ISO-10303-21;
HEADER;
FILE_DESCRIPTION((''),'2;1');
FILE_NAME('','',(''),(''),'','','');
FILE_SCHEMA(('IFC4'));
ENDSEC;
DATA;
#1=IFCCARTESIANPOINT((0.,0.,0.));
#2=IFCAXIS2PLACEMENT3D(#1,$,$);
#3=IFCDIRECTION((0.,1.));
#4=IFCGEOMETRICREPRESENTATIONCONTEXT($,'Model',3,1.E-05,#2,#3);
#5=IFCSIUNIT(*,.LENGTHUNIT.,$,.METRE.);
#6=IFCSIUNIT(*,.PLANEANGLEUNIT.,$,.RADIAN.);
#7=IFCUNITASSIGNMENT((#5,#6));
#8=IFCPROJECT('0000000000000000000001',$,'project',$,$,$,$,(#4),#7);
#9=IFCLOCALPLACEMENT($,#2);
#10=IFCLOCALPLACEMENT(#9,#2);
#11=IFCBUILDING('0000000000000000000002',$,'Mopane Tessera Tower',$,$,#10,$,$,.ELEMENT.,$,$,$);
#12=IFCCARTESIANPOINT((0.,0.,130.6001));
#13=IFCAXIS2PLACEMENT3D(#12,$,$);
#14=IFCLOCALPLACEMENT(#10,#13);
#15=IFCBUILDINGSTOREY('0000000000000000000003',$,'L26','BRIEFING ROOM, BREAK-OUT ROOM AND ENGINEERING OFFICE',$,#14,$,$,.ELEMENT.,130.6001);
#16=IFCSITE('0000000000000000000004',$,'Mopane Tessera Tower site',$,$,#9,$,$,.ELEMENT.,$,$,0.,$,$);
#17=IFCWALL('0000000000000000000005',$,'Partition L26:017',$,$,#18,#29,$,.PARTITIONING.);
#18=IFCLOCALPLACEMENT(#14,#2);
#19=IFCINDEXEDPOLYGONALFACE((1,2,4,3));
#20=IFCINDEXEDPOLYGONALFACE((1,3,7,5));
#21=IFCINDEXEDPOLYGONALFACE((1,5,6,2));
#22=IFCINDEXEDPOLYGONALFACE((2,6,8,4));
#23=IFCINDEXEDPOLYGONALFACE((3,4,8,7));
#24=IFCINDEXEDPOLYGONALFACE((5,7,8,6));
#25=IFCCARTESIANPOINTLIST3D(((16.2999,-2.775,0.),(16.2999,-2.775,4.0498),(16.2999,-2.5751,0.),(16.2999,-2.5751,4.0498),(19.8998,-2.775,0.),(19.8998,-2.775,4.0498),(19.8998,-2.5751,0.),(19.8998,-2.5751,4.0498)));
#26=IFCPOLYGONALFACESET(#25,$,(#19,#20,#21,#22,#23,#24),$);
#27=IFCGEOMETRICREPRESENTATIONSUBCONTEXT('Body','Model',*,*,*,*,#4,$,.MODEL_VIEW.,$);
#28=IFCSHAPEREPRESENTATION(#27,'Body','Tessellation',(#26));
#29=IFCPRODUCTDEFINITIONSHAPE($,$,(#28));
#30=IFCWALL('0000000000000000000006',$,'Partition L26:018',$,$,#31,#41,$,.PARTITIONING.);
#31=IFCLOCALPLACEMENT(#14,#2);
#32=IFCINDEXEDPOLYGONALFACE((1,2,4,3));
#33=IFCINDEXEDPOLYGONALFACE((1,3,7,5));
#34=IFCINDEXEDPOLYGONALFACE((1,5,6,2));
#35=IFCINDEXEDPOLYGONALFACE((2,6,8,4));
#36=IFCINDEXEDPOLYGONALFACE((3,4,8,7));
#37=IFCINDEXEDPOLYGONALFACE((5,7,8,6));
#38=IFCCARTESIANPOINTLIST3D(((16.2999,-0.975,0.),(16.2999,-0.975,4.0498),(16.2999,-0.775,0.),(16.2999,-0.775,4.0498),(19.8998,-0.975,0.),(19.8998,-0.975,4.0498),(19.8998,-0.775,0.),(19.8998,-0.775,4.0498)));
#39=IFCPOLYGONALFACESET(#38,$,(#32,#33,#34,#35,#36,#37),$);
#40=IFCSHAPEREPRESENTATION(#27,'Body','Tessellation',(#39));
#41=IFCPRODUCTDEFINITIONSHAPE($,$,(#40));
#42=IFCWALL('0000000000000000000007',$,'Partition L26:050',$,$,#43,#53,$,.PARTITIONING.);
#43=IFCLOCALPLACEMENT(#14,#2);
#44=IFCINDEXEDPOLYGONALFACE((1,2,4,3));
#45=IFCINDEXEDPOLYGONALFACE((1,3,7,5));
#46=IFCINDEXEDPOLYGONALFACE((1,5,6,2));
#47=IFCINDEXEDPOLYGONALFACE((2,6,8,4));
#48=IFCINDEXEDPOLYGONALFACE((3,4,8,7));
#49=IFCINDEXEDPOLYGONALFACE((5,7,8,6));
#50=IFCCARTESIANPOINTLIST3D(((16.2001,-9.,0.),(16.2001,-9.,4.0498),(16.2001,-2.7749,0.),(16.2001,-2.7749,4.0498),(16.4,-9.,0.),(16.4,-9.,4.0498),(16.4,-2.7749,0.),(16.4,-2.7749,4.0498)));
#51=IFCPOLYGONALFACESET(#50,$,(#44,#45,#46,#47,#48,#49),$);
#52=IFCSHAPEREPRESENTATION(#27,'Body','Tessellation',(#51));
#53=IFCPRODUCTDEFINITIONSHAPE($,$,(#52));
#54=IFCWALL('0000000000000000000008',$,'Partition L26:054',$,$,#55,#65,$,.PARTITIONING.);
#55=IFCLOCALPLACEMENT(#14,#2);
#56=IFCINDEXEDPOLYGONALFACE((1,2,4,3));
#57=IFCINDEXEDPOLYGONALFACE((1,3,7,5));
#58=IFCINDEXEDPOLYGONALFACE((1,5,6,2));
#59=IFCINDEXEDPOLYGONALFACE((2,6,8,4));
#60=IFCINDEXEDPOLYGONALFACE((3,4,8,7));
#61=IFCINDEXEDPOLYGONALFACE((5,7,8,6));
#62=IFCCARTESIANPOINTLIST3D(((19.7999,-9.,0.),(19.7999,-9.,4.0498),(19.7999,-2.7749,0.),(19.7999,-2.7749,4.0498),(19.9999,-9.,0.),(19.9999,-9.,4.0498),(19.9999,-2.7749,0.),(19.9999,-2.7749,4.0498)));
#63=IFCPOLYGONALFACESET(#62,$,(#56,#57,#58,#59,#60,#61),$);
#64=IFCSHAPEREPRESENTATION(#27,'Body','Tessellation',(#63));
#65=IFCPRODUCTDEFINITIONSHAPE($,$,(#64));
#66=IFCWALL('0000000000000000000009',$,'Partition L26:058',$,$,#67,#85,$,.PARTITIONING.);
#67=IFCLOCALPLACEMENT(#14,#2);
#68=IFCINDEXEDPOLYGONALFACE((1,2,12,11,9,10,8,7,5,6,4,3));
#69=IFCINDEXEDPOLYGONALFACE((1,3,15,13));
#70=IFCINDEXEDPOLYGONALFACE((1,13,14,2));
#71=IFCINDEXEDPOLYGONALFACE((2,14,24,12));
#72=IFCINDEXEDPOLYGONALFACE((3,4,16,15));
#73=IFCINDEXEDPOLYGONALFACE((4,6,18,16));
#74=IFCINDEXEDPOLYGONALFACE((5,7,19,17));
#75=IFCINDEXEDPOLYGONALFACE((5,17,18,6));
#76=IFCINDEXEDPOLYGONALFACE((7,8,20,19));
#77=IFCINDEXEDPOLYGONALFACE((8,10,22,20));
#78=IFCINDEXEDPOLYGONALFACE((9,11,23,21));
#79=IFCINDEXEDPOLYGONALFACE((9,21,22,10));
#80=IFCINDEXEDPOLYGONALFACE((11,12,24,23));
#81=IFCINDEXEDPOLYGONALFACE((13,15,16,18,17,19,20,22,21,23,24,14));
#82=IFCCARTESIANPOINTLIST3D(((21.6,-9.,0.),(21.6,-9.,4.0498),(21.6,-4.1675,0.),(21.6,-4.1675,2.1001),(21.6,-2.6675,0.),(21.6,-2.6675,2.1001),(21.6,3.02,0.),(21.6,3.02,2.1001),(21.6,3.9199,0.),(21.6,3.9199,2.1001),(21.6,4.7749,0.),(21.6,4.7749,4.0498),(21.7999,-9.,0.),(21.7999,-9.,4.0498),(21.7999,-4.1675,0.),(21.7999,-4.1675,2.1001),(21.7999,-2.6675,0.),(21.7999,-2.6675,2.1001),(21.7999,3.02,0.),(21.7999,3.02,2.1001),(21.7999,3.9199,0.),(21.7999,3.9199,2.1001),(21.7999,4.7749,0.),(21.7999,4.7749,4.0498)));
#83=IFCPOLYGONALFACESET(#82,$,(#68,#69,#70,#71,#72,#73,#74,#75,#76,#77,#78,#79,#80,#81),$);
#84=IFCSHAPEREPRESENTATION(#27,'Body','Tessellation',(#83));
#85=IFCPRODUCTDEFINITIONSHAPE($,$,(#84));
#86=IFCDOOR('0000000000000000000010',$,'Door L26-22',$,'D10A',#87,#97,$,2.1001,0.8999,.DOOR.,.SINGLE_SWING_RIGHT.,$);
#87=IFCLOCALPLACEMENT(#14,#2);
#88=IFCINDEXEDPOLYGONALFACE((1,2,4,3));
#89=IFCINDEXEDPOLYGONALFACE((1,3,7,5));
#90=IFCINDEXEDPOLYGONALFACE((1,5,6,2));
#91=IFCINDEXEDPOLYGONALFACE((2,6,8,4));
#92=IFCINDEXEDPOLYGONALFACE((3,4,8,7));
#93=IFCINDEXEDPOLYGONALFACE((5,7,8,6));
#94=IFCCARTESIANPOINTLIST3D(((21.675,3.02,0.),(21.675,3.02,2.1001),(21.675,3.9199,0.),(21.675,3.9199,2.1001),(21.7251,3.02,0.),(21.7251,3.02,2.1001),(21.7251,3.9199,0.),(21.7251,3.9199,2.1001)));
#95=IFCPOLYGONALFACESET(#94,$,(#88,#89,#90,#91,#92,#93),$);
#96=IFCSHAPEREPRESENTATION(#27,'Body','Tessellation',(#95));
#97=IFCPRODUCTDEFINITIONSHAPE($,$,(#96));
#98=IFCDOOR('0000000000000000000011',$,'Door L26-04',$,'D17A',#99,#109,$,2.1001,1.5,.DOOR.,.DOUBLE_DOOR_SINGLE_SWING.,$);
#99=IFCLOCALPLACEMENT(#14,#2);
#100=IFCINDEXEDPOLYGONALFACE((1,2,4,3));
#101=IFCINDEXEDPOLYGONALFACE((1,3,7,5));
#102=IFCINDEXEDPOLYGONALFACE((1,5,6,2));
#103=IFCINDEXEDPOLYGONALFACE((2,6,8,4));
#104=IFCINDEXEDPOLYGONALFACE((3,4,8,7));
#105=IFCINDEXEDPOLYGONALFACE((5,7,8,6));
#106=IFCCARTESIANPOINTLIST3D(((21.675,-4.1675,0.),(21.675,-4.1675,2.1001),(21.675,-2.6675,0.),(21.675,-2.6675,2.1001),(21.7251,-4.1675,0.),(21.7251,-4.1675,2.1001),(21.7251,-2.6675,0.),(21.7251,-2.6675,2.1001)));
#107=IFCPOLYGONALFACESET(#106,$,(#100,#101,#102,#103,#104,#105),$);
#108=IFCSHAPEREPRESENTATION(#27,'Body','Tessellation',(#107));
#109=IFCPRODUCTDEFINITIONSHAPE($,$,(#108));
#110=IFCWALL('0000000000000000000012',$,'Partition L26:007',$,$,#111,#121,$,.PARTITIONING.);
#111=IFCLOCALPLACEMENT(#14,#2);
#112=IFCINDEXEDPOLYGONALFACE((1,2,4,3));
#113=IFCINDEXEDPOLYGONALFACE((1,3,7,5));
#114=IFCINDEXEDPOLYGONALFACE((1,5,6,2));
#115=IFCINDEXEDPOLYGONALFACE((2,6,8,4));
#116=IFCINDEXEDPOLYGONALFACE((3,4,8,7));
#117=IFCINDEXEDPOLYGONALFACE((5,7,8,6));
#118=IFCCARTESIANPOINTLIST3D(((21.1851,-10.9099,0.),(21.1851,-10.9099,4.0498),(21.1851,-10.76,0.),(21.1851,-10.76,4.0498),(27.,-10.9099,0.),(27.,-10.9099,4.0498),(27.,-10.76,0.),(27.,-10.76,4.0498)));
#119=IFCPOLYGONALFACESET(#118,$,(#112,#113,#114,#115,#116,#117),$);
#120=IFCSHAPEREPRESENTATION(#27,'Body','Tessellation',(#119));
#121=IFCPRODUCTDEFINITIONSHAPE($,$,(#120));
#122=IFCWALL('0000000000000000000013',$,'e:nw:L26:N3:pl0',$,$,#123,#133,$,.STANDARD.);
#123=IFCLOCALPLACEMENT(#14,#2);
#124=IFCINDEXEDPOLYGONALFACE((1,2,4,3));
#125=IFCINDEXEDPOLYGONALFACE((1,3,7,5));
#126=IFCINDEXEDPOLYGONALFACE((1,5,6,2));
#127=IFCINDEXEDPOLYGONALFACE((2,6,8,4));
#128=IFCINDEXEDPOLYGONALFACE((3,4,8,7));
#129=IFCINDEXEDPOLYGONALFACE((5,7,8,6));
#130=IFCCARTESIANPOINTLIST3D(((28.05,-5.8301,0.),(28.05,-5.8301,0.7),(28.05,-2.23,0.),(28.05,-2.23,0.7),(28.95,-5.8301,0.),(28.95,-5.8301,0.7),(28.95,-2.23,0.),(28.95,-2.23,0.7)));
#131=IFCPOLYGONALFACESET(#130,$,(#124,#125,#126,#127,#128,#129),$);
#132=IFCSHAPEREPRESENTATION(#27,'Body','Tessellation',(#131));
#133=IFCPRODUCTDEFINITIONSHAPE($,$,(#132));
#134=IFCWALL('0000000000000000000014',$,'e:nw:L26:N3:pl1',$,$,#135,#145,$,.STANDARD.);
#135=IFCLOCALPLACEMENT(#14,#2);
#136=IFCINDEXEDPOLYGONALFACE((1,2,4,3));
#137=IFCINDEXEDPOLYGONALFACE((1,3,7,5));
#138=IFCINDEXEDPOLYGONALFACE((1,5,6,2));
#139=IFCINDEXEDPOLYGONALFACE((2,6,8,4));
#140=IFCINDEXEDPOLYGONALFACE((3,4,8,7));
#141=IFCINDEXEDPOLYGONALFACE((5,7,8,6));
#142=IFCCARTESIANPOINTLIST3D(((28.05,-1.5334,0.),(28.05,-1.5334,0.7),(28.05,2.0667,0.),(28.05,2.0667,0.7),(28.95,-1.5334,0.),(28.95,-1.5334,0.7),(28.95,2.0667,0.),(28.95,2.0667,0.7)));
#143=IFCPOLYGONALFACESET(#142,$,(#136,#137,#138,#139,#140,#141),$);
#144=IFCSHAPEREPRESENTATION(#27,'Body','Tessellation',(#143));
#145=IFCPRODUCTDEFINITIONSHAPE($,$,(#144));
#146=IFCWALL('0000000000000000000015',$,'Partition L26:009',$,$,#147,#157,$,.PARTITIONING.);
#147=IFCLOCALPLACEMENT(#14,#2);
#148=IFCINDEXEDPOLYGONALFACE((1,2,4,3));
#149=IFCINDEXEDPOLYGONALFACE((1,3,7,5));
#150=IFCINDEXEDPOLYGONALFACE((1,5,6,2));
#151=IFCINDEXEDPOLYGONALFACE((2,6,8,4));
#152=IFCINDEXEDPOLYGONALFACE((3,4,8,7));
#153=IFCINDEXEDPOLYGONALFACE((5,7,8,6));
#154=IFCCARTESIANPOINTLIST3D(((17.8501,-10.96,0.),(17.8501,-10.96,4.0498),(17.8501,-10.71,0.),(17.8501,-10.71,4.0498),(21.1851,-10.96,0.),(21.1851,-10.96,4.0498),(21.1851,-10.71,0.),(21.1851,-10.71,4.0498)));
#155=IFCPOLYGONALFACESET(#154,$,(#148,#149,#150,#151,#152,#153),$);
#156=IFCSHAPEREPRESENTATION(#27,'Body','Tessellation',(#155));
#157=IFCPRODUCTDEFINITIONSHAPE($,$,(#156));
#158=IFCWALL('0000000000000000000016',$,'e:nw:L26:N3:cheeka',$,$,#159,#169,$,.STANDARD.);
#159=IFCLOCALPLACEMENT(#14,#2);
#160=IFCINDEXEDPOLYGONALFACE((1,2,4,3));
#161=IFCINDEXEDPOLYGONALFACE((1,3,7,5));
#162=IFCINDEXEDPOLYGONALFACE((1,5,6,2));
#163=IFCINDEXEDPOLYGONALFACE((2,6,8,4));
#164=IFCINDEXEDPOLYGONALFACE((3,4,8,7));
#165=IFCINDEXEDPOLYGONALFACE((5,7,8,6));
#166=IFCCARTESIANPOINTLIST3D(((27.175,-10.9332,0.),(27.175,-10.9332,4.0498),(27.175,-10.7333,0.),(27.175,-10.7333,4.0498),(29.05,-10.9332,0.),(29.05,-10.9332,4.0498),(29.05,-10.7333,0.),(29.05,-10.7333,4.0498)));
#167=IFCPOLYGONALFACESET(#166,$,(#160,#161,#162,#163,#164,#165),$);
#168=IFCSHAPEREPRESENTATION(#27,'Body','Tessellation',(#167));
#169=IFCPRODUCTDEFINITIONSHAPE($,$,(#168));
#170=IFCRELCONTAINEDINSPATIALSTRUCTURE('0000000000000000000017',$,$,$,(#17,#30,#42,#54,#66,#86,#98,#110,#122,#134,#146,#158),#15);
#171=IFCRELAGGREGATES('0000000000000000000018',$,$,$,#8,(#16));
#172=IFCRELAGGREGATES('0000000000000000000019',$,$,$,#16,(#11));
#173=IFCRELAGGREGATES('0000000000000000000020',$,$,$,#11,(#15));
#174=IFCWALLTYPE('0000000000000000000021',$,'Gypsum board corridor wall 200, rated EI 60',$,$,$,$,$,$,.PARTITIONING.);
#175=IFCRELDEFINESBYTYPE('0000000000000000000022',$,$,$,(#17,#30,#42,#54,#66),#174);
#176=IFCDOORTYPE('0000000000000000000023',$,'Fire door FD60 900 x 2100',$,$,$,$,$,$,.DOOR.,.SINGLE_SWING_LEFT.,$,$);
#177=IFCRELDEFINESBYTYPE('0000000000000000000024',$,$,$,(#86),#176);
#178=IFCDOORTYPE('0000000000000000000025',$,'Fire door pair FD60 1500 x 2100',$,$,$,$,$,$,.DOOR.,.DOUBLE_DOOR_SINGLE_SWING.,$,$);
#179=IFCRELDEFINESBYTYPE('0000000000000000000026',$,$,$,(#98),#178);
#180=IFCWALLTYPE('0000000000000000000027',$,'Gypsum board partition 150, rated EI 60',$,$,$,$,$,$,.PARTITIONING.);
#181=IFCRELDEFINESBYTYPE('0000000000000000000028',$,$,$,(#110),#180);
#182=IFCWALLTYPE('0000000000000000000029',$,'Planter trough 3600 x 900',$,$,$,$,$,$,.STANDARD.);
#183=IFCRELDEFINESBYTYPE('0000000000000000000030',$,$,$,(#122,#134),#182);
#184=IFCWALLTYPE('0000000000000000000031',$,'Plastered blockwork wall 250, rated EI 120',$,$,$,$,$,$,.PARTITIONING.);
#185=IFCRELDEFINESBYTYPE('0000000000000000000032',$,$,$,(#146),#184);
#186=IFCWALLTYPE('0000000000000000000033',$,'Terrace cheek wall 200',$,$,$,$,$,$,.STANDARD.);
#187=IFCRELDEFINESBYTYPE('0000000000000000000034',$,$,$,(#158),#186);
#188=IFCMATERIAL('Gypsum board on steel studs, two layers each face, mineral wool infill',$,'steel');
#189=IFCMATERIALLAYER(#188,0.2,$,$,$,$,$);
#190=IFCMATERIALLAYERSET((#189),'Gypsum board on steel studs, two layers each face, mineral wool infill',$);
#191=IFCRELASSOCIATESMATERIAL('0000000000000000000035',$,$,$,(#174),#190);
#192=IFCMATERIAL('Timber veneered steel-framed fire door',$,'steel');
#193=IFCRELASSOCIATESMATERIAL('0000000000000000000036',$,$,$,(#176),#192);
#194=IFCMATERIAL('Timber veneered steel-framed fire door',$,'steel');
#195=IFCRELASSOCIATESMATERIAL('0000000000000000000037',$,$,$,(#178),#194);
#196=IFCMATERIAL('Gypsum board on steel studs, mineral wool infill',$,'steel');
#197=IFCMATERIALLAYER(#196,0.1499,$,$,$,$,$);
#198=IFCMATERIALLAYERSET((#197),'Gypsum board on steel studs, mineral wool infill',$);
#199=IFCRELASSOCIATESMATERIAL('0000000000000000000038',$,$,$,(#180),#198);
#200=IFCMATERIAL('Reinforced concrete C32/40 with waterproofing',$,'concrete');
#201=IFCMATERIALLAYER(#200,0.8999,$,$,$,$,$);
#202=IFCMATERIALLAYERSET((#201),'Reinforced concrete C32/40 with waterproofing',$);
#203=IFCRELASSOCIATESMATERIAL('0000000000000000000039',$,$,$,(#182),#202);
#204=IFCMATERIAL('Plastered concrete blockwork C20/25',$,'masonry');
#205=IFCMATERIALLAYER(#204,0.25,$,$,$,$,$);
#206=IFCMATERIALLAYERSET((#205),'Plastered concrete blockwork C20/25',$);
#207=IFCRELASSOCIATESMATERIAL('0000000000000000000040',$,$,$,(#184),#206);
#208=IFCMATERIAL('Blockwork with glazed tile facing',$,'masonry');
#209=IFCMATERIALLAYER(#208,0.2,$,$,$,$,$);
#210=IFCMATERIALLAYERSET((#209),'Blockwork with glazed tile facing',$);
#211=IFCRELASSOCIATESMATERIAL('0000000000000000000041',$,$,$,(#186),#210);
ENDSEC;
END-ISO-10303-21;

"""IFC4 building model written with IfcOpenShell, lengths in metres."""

from ifc_helpers import new_model, si_unit, direction, frame, frame_2d, origin, place, context, subcontext, project, spatial, rectangle, extrude, material, layer, layer_set, type_object, element, fill, save


model = new_model("IFC4")

# Units and contexts
model_context = context("Model", 3, precision=1e-05, world=origin(), true_north=direction((0.0, 1.0)))
body_context = subcontext(model_context, "Body", "Model", "MODEL_VIEW")
ifc_project = project(units=[si_unit("LENGTHUNIT", "METRE"), si_unit("PLANEANGLEUNIT", "RADIAN")], contexts=[model_context])

# Site, building, storey
site_placement = place(None, origin())
site = spatial("IfcSite", under=ifc_project, at=site_placement, Name="Mopane Tessera Tower site", CompositionType="ELEMENT", RefElevation=0.0)
building_placement = place(site_placement, origin())
building = spatial("IfcBuilding", under=site, at=building_placement, Name="Mopane Tessera Tower", CompositionType="ELEMENT")
storey_placement = place(building_placement, frame((0.0, 0.0, 130.6001)))
storey = spatial("IfcBuildingStorey", under=building, at=storey_placement, Name="L26", Description="BRIEFING ROOM, BREAK-OUT ROOM AND ENGINEERING OFFICE", CompositionType="ELEMENT", Elevation=130.6001)

# Walls
ifc_material_1 = material(Name="Gypsum board on steel studs, two layers each face, mineral wool infill", Category="steel")
ifc_layer_1 = layer(ifc_material_1, 0.2)
ifc_layer_set_1 = layer_set([ifc_layer_1], Name="Gypsum board on steel studs, two layers each face, mineral wool infill")
wall_type_1 = type_object("IfcWallType", Name="Gypsum board corridor wall 200, rated EI 60", PredefinedType="PARTITIONING", material=ifc_layer_set_1)
for number, where, z_axis, x_axis, name in (
    (1, (16.3, -2.675, 0.0), (0.0, 0.0, 1.0), (1.0, 0.0, 0.0), "Partition L26:017"),
    (2, (16.3, -0.875, 0.0), (0.0, 0.0, 1.0), (1.0, 0.0, 0.0), "Partition L26:018"),
):
    element("IfcWall", number, at=place(storey_placement, frame(where, z_axis=z_axis, x_axis=x_axis)), inside=storey, type_object=wall_type_1, Name=name, PredefinedType="PARTITIONING", context=body_context, shape_type="SweptSolid", body=[
        extrude(rectangle(XDim=3.5999, YDim=0.2, at=frame_2d((1.7998, 0.0))), origin(), (0.0, 0.0, 1.0), 4.0498),
    ])
for number, where, z_axis, x_axis, name in (
    (3, (16.3, -9.0, 0.0), (0.0, 0.0, 1.0), (0.0, 1.0, 0.0), "Partition L26:050"),
    (4, (19.8999, -9.0, 0.0), (0.0, 0.0, 1.0), (0.0, 1.0, 0.0), "Partition L26:054"),
):
    element("IfcWall", number, at=place(storey_placement, frame(where, z_axis=z_axis, x_axis=x_axis)), inside=storey, type_object=wall_type_1, Name=name, PredefinedType="PARTITIONING", context=body_context, shape_type="SweptSolid", body=[
        extrude(rectangle(XDim=6.2251, YDim=0.2, at=frame_2d((3.1125, 0.0))), origin(), (0.0, 0.0, 1.0), 4.0498),
    ])

# Wall, openings, doors
wall_1_placement = place(storey_placement, frame((21.7, -9.0, 0.0), z_axis=(0.0, 0.0, 1.0), x_axis=(0.0, 1.0, 0.0)))
wall_1 = element("IfcWall", 5, at=wall_1_placement, inside=storey, type_object=wall_type_1, Name="Partition L26:058", PredefinedType="PARTITIONING", context=body_context, shape_type="SweptSolid", body=[
    extrude(rectangle(XDim=13.7749, YDim=0.2, at=frame_2d((6.8875, 0.0))), origin(), (0.0, 0.0, 1.0), 4.0498),
])
opening_1_placement = place(wall_1_placement, frame((4.8325, 0.0, 0.0)))
opening_1 = element("IfcOpeningElement", 6, at=opening_1_placement, cuts=wall_1, PredefinedType="OPENING", context=body_context, shape_type="SweptSolid", body=[
    extrude(rectangle(XDim=1.5, YDim=2.1001, at=frame_2d((0.75, 1.05))), frame((0.0, 0.1121, 0.0), z_axis=(0.0, -1.0, 0.0), x_axis=(1.0, 0.0, 0.0)), (0.0, 0.0, 1.0), 0.2239),
])
opening_2_placement = place(wall_1_placement, frame((12.02, 0.0, 0.0)))
opening_2 = element("IfcOpeningElement", 7, at=opening_2_placement, cuts=wall_1, PredefinedType="OPENING", context=body_context, shape_type="SweptSolid", body=[
    extrude(rectangle(XDim=0.8999, YDim=2.1001, at=frame_2d((0.45, 1.05))), frame((0.0, 0.1121, 0.0), z_axis=(0.0, -1.0, 0.0), x_axis=(1.0, 0.0, 0.0)), (0.0, 0.0, 1.0), 0.2239),
])
ifc_material_2 = material(Name="Timber veneered steel-framed fire door", Category="steel")
door_type_1 = type_object("IfcDoorType", Name="Fire door FD60 900 x 2100", OperationType="SINGLE_SWING_LEFT", PredefinedType="DOOR", material=ifc_material_2)
door_1_placement = place(opening_2_placement, origin())
door_1 = element("IfcDoor", 8, at=door_1_placement, inside=storey, type_object=door_type_1, Name="Door L26-22", ObjectType="D10A", OperationType="SINGLE_SWING_RIGHT", OverallHeight=2.1001, OverallWidth=0.8999, PredefinedType="DOOR", context=body_context, shape_type="SweptSolid", body=[
    extrude(rectangle(XDim=0.8999, YDim=2.1001, at=frame_2d((0.45, 1.05))), frame((0.0, 0.0249, 0.0), z_axis=(0.0, -1.0, 0.0), x_axis=(1.0, 0.0, 0.0)), (0.0, 0.0, 1.0), 0.05),
])
fill(opening_2, door_1)
ifc_material_3 = material(Name="Timber veneered steel-framed fire door", Category="steel")
door_type_2 = type_object("IfcDoorType", Name="Fire door pair FD60 1500 x 2100", OperationType="DOUBLE_DOOR_SINGLE_SWING", PredefinedType="DOOR", material=ifc_material_3)
door_2_placement = place(opening_1_placement, origin())
door_2 = element("IfcDoor", 9, at=door_2_placement, inside=storey, type_object=door_type_2, Name="Door L26-04", ObjectType="D17A", OperationType="DOUBLE_DOOR_SINGLE_SWING", OverallHeight=2.1001, OverallWidth=1.5, PredefinedType="DOOR", context=body_context, shape_type="SweptSolid", body=[
    extrude(rectangle(XDim=1.5, YDim=2.1001, at=frame_2d((0.75, 1.05))), frame((0.0, 0.0249, 0.0), z_axis=(0.0, -1.0, 0.0), x_axis=(1.0, 0.0, 0.0)), (0.0, 0.0, 1.0), 0.05),
])
fill(opening_1, door_2)

# Walls
ifc_material_4 = material(Name="Gypsum board on steel studs, mineral wool infill", Category="steel")
ifc_layer_2 = layer(ifc_material_4, 0.1499)
ifc_layer_set_2 = layer_set([ifc_layer_2], Name="Gypsum board on steel studs, mineral wool infill")
wall_type_2 = type_object("IfcWallType", Name="Gypsum board partition 150, rated EI 60", PredefinedType="PARTITIONING", material=ifc_layer_set_2)
wall_2_placement = place(storey_placement, frame((21.1851, -10.835, 0.0), z_axis=(0.0, 0.0, 1.0), x_axis=(1.0, 0.0, 0.0)))
element("IfcWall", 10, at=wall_2_placement, inside=storey, type_object=wall_type_2, Name="Partition L26:007", PredefinedType="PARTITIONING", context=body_context, shape_type="SweptSolid", body=[
    extrude(rectangle(XDim=5.8149, YDim=0.1499, at=frame_2d((2.9075, 0.0))), origin(), (0.0, 0.0, 1.0), 4.0498),
])
ifc_material_5 = material(Name="Reinforced concrete C32/40 with waterproofing", Category="concrete")
ifc_layer_3 = layer(ifc_material_5, 0.8999)
ifc_layer_set_3 = layer_set([ifc_layer_3], Name="Reinforced concrete C32/40 with waterproofing")
wall_type_3 = type_object("IfcWallType", Name="Planter trough 3600 x 900", PredefinedType="STANDARD", material=ifc_layer_set_3)
for number, where, z_axis, x_axis, name in (
    (11, (28.5, -5.8301, 0.0), (0.0, 0.0, 1.0), (0.0, 1.0, 0.0), "e:nw:L26:N3:pl0"),
    (12, (28.5, -1.5334, 0.0), (0.0, 0.0, 1.0), (0.0, 1.0, 0.0), "e:nw:L26:N3:pl1"),
):
    element("IfcWall", number, at=place(storey_placement, frame(where, z_axis=z_axis, x_axis=x_axis)), inside=storey, type_object=wall_type_3, Name=name, PredefinedType="STANDARD", context=body_context, shape_type="SweptSolid", body=[
        extrude(rectangle(XDim=3.6001, YDim=0.8999, at=frame_2d((1.8, 0.0))), origin(), (0.0, 0.0, 1.0), 0.7),
    ])
ifc_material_6 = material(Name="Plastered concrete blockwork C20/25", Category="masonry")
ifc_layer_4 = layer(ifc_material_6, 0.25)
ifc_layer_set_4 = layer_set([ifc_layer_4], Name="Plastered concrete blockwork C20/25")
wall_type_4 = type_object("IfcWallType", Name="Plastered blockwork wall 250, rated EI 120", PredefinedType="PARTITIONING", material=ifc_layer_set_4)
wall_3_placement = place(storey_placement, frame((17.8501, -10.835, 0.0), z_axis=(0.0, 0.0, 1.0), x_axis=(1.0, 0.0, 0.0)))
element("IfcWall", 13, at=wall_3_placement, inside=storey, type_object=wall_type_4, Name="Partition L26:009", PredefinedType="PARTITIONING", context=body_context, shape_type="SweptSolid", body=[
    extrude(rectangle(XDim=3.335, YDim=0.25, at=frame_2d((1.6675, 0.0))), origin(), (0.0, 0.0, 1.0), 4.0498),
])
ifc_material_7 = material(Name="Blockwork with glazed tile facing", Category="masonry")
ifc_layer_5 = layer(ifc_material_7, 0.2)
ifc_layer_set_5 = layer_set([ifc_layer_5], Name="Blockwork with glazed tile facing")
wall_type_5 = type_object("IfcWallType", Name="Terrace cheek wall 200", PredefinedType="STANDARD", material=ifc_layer_set_5)
wall_4_placement = place(storey_placement, frame((29.05, -10.8333, 0.0), z_axis=(0.0, 0.0, 1.0), x_axis=(-1.0, 0.0, 0.0)))
element("IfcWall", 14, at=wall_4_placement, inside=storey, type_object=wall_type_5, Name="e:nw:L26:N3:cheeka", PredefinedType="STANDARD", context=body_context, shape_type="SweptSolid", body=[
    extrude(rectangle(XDim=1.875, YDim=0.2, at=frame_2d((0.9375, 0.0))), origin(), (0.0, 0.0, 1.0), 4.0498),
])

save(model, "model.ifc")
